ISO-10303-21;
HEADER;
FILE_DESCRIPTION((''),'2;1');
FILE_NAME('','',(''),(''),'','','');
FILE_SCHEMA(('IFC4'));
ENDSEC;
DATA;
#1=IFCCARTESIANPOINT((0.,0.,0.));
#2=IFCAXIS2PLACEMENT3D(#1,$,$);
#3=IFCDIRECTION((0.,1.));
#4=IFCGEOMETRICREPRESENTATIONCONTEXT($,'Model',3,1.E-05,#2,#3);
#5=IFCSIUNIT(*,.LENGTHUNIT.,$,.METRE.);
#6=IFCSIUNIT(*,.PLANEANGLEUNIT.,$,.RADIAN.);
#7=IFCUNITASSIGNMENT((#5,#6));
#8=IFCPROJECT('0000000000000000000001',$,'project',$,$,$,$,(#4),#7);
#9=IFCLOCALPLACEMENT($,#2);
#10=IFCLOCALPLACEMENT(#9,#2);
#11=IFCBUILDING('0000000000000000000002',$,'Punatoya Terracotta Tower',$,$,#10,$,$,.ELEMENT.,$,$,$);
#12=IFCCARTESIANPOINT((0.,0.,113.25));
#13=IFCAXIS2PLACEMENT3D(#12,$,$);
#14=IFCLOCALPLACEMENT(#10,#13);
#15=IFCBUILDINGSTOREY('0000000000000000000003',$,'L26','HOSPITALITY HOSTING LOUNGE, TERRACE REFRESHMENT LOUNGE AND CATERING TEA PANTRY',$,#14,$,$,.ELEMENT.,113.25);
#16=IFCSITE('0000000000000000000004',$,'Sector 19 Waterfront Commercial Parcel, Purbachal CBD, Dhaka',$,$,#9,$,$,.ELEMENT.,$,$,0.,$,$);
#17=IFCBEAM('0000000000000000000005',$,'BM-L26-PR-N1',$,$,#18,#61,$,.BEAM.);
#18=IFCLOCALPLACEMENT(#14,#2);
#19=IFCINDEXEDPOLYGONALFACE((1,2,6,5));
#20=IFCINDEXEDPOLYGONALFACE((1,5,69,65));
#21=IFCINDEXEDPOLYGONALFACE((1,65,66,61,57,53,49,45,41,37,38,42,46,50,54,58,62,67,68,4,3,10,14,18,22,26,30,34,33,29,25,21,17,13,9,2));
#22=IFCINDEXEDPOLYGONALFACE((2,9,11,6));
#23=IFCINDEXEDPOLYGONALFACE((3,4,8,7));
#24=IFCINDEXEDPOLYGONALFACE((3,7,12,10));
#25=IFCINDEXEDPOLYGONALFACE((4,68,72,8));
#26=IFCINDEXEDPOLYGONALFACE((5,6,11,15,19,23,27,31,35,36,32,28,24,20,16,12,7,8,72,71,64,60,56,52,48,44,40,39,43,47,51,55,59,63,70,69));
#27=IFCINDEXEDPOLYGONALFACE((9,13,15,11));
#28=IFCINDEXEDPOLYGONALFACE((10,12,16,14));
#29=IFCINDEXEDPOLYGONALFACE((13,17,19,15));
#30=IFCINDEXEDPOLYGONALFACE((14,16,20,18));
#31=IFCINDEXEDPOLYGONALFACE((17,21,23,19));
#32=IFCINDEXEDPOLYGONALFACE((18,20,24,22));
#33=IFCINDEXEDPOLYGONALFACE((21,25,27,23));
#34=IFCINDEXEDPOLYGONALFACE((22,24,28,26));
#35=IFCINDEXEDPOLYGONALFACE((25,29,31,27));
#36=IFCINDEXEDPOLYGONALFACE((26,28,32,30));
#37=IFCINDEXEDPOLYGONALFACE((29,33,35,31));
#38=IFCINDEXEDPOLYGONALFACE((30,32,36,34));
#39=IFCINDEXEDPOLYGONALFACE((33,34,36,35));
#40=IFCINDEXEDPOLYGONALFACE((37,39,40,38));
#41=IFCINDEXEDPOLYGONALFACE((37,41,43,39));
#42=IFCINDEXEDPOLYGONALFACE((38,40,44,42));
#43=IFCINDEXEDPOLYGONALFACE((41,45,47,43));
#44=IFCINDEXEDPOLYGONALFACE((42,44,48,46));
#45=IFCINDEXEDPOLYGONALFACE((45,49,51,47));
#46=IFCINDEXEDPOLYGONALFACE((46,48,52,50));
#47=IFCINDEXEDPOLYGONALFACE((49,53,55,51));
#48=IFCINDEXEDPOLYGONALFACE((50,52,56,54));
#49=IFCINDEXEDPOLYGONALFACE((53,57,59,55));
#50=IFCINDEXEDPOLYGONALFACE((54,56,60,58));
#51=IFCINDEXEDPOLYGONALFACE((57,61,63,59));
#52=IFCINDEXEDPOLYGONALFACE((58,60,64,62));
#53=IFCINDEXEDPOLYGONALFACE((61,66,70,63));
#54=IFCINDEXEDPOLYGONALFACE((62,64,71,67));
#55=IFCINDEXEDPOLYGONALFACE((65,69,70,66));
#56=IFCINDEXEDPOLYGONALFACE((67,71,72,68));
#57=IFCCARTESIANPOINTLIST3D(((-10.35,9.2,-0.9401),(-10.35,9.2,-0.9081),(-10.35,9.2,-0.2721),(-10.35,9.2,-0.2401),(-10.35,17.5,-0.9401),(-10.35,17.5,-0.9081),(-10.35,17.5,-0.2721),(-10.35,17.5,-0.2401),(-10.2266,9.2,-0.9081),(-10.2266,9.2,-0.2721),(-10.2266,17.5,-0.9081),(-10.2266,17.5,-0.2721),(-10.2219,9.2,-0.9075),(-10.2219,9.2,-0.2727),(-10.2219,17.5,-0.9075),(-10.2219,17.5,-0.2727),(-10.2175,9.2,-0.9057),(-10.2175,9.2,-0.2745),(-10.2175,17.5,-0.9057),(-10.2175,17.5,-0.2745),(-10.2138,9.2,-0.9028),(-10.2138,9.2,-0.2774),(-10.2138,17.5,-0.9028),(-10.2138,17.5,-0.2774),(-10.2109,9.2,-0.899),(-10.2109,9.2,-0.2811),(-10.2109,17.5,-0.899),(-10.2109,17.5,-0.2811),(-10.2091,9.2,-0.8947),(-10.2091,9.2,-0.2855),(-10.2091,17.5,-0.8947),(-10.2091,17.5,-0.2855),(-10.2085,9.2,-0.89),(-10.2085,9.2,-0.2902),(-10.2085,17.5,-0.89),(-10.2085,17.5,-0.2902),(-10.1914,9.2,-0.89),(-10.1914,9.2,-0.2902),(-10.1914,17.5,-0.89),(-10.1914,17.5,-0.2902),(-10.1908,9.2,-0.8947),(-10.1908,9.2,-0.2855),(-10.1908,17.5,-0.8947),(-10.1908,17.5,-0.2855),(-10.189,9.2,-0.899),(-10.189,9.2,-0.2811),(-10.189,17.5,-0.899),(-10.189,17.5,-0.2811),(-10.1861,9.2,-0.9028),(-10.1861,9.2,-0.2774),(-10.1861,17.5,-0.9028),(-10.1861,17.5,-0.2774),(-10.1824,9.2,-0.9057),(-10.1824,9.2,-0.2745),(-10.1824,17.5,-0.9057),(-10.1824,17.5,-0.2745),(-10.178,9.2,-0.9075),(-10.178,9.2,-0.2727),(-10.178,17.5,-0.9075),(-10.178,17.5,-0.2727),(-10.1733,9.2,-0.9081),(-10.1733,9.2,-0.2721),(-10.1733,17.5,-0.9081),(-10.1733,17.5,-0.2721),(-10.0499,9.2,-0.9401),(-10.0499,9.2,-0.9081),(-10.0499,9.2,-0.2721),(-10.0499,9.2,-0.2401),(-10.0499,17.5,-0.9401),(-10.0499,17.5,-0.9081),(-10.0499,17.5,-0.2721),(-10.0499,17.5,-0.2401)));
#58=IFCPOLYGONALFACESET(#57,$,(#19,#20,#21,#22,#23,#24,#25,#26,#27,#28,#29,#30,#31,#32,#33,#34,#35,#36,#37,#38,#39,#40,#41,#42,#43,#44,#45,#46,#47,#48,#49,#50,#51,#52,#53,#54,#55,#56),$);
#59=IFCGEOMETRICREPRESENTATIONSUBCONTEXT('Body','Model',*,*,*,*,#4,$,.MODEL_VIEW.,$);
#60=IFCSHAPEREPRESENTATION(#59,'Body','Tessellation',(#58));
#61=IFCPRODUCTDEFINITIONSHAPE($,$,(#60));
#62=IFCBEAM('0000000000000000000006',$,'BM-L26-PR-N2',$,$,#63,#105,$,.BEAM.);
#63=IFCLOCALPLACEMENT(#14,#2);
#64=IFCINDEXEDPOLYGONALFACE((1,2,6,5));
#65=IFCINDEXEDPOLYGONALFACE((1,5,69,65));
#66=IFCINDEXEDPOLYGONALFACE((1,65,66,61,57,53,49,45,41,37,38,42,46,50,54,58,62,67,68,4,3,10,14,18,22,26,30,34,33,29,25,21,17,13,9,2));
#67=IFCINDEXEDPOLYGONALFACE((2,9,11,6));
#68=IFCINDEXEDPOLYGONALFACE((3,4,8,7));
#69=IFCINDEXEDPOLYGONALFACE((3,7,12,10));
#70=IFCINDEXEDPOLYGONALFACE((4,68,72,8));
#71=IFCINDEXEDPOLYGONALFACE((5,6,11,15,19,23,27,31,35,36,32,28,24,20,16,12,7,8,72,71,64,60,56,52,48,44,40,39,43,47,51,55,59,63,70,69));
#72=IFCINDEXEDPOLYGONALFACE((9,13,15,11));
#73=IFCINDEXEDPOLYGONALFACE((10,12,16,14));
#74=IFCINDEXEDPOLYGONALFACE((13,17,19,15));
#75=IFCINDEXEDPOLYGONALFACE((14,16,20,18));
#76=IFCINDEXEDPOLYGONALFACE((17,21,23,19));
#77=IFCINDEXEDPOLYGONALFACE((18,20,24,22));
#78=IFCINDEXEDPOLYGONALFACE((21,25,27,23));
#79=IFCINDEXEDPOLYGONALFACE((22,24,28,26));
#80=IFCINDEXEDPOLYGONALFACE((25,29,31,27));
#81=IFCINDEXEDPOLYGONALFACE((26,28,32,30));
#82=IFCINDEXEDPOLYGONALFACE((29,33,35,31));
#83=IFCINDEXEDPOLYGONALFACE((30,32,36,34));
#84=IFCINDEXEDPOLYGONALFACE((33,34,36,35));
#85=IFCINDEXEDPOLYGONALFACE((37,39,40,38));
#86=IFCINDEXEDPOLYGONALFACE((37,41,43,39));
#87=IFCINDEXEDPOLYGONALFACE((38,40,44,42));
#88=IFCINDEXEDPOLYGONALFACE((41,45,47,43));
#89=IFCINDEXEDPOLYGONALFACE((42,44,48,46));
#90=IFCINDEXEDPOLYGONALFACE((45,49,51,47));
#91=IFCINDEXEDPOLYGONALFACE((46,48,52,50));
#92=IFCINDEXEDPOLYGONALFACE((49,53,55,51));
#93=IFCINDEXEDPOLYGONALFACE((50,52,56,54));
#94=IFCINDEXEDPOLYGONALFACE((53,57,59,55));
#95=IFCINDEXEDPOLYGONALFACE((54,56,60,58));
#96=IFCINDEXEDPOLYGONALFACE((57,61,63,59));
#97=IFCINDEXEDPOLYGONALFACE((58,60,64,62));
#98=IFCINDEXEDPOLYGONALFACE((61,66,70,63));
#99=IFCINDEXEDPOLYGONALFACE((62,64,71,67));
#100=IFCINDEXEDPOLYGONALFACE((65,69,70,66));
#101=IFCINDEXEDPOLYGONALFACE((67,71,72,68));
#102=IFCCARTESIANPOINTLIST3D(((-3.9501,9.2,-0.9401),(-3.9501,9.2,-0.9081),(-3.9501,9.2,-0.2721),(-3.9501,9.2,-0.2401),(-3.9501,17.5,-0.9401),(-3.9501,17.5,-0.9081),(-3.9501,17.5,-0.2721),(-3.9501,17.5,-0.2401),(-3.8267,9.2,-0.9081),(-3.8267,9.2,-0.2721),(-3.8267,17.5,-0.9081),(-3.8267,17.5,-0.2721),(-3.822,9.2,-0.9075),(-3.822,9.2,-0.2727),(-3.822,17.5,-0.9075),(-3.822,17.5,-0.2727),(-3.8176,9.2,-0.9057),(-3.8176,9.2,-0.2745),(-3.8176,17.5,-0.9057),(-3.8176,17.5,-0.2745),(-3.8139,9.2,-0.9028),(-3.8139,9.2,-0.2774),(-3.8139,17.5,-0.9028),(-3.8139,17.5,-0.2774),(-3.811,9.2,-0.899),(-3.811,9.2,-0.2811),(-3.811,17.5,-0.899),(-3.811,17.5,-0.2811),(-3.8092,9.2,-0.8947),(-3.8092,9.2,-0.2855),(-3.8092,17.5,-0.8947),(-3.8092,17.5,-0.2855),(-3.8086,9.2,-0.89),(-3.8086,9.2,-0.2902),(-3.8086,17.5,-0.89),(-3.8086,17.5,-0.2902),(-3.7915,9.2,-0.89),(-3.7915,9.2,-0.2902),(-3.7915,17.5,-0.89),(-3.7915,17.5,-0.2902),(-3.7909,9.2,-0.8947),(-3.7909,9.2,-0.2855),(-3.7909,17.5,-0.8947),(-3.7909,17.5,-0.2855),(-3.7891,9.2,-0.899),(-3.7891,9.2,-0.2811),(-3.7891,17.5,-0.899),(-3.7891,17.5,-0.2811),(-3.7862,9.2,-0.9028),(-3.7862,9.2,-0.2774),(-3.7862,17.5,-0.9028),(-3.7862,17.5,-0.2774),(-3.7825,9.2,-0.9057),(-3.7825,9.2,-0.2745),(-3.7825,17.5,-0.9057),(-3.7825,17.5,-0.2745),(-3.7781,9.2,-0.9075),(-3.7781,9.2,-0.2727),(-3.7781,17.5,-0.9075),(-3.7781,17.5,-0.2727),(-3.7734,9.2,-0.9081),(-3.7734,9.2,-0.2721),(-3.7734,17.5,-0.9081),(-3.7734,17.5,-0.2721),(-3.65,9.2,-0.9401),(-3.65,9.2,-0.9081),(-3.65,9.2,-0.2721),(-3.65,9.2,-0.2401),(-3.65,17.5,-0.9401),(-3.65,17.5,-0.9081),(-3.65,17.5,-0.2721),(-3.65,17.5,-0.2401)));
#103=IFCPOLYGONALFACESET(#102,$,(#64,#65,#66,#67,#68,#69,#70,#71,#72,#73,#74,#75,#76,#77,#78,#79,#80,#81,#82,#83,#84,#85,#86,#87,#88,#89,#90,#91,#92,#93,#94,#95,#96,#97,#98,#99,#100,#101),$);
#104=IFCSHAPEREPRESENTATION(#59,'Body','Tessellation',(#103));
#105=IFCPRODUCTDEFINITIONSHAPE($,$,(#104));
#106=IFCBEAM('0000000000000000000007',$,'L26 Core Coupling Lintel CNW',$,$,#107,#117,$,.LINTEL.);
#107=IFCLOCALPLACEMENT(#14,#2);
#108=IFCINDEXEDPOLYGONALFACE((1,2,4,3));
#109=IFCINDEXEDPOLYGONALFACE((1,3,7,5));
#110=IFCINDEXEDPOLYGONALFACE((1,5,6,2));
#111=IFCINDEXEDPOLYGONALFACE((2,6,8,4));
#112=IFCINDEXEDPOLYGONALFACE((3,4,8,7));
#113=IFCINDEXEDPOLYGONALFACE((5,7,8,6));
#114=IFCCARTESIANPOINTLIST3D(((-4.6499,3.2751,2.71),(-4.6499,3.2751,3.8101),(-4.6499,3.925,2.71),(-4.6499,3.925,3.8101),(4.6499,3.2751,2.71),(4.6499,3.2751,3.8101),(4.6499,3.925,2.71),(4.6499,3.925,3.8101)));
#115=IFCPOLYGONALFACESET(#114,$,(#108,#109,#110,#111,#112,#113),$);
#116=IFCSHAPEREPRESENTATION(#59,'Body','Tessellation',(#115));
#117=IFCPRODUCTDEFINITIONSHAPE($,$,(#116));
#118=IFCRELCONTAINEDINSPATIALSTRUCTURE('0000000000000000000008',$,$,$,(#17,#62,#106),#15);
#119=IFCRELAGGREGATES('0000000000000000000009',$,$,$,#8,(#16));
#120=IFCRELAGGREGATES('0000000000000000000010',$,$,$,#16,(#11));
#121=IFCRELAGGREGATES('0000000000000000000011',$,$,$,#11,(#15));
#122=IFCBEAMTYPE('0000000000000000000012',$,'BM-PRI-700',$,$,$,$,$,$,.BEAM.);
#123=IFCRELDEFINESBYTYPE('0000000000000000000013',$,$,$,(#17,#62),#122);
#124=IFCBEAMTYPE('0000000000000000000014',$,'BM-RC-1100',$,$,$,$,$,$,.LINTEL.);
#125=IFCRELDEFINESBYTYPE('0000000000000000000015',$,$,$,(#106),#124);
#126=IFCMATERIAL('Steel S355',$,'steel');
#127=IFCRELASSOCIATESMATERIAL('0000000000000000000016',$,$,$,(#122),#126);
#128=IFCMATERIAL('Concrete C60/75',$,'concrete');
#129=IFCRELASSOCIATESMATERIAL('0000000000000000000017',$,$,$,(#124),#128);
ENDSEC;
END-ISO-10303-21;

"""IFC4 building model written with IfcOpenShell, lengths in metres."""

from ifc_helpers import new_model, si_unit, direction, frame, origin, origin_2d, place, context, subcontext, project, spatial, rectangle, i_section, extrude, material, material_profile, profile_set, type_object, element, save


model = new_model("IFC4")

# Units and contexts
model_context = context("Model", 3, precision=1e-05, world=origin(), true_north=direction((0.0, 1.0)))
body_context = subcontext(model_context, "Body", "Model", "MODEL_VIEW")
ifc_project = project(units=[si_unit("LENGTHUNIT", "METRE"), si_unit("PLANEANGLEUNIT", "RADIAN")], contexts=[model_context])

# Site, building, storey
site_placement = place(None, origin())
site = spatial("IfcSite", under=ifc_project, at=site_placement, Name="Sector 19 Waterfront Commercial Parcel, Purbachal CBD, Dhaka", CompositionType="ELEMENT", RefElevation=0.0)
building_placement = place(site_placement, origin())
building = spatial("IfcBuilding", under=site, at=building_placement, Name="Punatoya Terracotta Tower", CompositionType="ELEMENT")
storey_placement = place(building_placement, frame((0.0, 0.0, 113.25)))
storey = spatial("IfcBuildingStorey", under=building, at=storey_placement, Name="L26", Description="HOSPITALITY HOSTING LOUNGE, TERRACE REFRESHMENT LOUNGE AND CATERING TEA PANTRY", CompositionType="ELEMENT", Elevation=113.25)

# Beams
ifc_material_1 = material(Name="Steel S355", Category="steel")
ifc_material_profile_1 = material_profile(ifc_material_1, i_section(OverallWidth=0.3, OverallDepth=0.7, WebThickness=0.0171, FlangeThickness=0.032, FilletRadius=0.0181, at=origin_2d()))
ifc_profile_set_1 = profile_set([ifc_material_profile_1], Name="Steel S355")
beam_type_1 = type_object("IfcBeamType", Name="BM-PRI-700", PredefinedType="BEAM", material=ifc_profile_set_1)
for number, where, z_axis, x_axis, name in (
    (1, (-10.2, 9.2, -0.5901), (0.0, 1.0, 0.0), (-1.0, 0.0, 0.0), "BM-L26-PR-N1"),
    (2, (-3.8, 9.2, -0.5901), (0.0, 1.0, 0.0), (-1.0, 0.0, 0.0), "BM-L26-PR-N2"),
):
    element("IfcBeam", number, at=place(storey_placement, frame(where, z_axis=z_axis, x_axis=x_axis)), inside=storey, type_object=beam_type_1, Name=name, PredefinedType="BEAM", context=body_context, shape_type="SweptSolid", body=[
        extrude(i_section(OverallWidth=0.3, OverallDepth=0.7, WebThickness=0.0171, FlangeThickness=0.032, FilletRadius=0.0181, at=origin_2d()), origin(), (0.0, 0.0, 1.0), 8.3),
    ])
ifc_material_2 = material(Name="Concrete C60/75", Category="concrete")
ifc_material_profile_2 = material_profile(ifc_material_2, rectangle(XDim=0.6499, YDim=1.1001, at=origin_2d()))
ifc_profile_set_2 = profile_set([ifc_material_profile_2], Name="Concrete C60/75")
beam_type_2 = type_object("IfcBeamType", Name="BM-RC-1100", PredefinedType="LINTEL", material=ifc_profile_set_2)
beam_placement = place(storey_placement, frame((-4.6499, 3.6001, 3.26), z_axis=(1.0, 0.0, 0.0), x_axis=(0.0, 1.0, 0.0)))
element("IfcBeam", 3, at=beam_placement, inside=storey, type_object=beam_type_2, Name="L26 Core Coupling Lintel CNW", PredefinedType="LINTEL", context=body_context, shape_type="SweptSolid", body=[
    extrude(rectangle(XDim=0.6499, YDim=1.1001, at=origin_2d()), origin(), (0.0, 0.0, 1.0), 9.2998),
])

save(model, "model.ifc")
